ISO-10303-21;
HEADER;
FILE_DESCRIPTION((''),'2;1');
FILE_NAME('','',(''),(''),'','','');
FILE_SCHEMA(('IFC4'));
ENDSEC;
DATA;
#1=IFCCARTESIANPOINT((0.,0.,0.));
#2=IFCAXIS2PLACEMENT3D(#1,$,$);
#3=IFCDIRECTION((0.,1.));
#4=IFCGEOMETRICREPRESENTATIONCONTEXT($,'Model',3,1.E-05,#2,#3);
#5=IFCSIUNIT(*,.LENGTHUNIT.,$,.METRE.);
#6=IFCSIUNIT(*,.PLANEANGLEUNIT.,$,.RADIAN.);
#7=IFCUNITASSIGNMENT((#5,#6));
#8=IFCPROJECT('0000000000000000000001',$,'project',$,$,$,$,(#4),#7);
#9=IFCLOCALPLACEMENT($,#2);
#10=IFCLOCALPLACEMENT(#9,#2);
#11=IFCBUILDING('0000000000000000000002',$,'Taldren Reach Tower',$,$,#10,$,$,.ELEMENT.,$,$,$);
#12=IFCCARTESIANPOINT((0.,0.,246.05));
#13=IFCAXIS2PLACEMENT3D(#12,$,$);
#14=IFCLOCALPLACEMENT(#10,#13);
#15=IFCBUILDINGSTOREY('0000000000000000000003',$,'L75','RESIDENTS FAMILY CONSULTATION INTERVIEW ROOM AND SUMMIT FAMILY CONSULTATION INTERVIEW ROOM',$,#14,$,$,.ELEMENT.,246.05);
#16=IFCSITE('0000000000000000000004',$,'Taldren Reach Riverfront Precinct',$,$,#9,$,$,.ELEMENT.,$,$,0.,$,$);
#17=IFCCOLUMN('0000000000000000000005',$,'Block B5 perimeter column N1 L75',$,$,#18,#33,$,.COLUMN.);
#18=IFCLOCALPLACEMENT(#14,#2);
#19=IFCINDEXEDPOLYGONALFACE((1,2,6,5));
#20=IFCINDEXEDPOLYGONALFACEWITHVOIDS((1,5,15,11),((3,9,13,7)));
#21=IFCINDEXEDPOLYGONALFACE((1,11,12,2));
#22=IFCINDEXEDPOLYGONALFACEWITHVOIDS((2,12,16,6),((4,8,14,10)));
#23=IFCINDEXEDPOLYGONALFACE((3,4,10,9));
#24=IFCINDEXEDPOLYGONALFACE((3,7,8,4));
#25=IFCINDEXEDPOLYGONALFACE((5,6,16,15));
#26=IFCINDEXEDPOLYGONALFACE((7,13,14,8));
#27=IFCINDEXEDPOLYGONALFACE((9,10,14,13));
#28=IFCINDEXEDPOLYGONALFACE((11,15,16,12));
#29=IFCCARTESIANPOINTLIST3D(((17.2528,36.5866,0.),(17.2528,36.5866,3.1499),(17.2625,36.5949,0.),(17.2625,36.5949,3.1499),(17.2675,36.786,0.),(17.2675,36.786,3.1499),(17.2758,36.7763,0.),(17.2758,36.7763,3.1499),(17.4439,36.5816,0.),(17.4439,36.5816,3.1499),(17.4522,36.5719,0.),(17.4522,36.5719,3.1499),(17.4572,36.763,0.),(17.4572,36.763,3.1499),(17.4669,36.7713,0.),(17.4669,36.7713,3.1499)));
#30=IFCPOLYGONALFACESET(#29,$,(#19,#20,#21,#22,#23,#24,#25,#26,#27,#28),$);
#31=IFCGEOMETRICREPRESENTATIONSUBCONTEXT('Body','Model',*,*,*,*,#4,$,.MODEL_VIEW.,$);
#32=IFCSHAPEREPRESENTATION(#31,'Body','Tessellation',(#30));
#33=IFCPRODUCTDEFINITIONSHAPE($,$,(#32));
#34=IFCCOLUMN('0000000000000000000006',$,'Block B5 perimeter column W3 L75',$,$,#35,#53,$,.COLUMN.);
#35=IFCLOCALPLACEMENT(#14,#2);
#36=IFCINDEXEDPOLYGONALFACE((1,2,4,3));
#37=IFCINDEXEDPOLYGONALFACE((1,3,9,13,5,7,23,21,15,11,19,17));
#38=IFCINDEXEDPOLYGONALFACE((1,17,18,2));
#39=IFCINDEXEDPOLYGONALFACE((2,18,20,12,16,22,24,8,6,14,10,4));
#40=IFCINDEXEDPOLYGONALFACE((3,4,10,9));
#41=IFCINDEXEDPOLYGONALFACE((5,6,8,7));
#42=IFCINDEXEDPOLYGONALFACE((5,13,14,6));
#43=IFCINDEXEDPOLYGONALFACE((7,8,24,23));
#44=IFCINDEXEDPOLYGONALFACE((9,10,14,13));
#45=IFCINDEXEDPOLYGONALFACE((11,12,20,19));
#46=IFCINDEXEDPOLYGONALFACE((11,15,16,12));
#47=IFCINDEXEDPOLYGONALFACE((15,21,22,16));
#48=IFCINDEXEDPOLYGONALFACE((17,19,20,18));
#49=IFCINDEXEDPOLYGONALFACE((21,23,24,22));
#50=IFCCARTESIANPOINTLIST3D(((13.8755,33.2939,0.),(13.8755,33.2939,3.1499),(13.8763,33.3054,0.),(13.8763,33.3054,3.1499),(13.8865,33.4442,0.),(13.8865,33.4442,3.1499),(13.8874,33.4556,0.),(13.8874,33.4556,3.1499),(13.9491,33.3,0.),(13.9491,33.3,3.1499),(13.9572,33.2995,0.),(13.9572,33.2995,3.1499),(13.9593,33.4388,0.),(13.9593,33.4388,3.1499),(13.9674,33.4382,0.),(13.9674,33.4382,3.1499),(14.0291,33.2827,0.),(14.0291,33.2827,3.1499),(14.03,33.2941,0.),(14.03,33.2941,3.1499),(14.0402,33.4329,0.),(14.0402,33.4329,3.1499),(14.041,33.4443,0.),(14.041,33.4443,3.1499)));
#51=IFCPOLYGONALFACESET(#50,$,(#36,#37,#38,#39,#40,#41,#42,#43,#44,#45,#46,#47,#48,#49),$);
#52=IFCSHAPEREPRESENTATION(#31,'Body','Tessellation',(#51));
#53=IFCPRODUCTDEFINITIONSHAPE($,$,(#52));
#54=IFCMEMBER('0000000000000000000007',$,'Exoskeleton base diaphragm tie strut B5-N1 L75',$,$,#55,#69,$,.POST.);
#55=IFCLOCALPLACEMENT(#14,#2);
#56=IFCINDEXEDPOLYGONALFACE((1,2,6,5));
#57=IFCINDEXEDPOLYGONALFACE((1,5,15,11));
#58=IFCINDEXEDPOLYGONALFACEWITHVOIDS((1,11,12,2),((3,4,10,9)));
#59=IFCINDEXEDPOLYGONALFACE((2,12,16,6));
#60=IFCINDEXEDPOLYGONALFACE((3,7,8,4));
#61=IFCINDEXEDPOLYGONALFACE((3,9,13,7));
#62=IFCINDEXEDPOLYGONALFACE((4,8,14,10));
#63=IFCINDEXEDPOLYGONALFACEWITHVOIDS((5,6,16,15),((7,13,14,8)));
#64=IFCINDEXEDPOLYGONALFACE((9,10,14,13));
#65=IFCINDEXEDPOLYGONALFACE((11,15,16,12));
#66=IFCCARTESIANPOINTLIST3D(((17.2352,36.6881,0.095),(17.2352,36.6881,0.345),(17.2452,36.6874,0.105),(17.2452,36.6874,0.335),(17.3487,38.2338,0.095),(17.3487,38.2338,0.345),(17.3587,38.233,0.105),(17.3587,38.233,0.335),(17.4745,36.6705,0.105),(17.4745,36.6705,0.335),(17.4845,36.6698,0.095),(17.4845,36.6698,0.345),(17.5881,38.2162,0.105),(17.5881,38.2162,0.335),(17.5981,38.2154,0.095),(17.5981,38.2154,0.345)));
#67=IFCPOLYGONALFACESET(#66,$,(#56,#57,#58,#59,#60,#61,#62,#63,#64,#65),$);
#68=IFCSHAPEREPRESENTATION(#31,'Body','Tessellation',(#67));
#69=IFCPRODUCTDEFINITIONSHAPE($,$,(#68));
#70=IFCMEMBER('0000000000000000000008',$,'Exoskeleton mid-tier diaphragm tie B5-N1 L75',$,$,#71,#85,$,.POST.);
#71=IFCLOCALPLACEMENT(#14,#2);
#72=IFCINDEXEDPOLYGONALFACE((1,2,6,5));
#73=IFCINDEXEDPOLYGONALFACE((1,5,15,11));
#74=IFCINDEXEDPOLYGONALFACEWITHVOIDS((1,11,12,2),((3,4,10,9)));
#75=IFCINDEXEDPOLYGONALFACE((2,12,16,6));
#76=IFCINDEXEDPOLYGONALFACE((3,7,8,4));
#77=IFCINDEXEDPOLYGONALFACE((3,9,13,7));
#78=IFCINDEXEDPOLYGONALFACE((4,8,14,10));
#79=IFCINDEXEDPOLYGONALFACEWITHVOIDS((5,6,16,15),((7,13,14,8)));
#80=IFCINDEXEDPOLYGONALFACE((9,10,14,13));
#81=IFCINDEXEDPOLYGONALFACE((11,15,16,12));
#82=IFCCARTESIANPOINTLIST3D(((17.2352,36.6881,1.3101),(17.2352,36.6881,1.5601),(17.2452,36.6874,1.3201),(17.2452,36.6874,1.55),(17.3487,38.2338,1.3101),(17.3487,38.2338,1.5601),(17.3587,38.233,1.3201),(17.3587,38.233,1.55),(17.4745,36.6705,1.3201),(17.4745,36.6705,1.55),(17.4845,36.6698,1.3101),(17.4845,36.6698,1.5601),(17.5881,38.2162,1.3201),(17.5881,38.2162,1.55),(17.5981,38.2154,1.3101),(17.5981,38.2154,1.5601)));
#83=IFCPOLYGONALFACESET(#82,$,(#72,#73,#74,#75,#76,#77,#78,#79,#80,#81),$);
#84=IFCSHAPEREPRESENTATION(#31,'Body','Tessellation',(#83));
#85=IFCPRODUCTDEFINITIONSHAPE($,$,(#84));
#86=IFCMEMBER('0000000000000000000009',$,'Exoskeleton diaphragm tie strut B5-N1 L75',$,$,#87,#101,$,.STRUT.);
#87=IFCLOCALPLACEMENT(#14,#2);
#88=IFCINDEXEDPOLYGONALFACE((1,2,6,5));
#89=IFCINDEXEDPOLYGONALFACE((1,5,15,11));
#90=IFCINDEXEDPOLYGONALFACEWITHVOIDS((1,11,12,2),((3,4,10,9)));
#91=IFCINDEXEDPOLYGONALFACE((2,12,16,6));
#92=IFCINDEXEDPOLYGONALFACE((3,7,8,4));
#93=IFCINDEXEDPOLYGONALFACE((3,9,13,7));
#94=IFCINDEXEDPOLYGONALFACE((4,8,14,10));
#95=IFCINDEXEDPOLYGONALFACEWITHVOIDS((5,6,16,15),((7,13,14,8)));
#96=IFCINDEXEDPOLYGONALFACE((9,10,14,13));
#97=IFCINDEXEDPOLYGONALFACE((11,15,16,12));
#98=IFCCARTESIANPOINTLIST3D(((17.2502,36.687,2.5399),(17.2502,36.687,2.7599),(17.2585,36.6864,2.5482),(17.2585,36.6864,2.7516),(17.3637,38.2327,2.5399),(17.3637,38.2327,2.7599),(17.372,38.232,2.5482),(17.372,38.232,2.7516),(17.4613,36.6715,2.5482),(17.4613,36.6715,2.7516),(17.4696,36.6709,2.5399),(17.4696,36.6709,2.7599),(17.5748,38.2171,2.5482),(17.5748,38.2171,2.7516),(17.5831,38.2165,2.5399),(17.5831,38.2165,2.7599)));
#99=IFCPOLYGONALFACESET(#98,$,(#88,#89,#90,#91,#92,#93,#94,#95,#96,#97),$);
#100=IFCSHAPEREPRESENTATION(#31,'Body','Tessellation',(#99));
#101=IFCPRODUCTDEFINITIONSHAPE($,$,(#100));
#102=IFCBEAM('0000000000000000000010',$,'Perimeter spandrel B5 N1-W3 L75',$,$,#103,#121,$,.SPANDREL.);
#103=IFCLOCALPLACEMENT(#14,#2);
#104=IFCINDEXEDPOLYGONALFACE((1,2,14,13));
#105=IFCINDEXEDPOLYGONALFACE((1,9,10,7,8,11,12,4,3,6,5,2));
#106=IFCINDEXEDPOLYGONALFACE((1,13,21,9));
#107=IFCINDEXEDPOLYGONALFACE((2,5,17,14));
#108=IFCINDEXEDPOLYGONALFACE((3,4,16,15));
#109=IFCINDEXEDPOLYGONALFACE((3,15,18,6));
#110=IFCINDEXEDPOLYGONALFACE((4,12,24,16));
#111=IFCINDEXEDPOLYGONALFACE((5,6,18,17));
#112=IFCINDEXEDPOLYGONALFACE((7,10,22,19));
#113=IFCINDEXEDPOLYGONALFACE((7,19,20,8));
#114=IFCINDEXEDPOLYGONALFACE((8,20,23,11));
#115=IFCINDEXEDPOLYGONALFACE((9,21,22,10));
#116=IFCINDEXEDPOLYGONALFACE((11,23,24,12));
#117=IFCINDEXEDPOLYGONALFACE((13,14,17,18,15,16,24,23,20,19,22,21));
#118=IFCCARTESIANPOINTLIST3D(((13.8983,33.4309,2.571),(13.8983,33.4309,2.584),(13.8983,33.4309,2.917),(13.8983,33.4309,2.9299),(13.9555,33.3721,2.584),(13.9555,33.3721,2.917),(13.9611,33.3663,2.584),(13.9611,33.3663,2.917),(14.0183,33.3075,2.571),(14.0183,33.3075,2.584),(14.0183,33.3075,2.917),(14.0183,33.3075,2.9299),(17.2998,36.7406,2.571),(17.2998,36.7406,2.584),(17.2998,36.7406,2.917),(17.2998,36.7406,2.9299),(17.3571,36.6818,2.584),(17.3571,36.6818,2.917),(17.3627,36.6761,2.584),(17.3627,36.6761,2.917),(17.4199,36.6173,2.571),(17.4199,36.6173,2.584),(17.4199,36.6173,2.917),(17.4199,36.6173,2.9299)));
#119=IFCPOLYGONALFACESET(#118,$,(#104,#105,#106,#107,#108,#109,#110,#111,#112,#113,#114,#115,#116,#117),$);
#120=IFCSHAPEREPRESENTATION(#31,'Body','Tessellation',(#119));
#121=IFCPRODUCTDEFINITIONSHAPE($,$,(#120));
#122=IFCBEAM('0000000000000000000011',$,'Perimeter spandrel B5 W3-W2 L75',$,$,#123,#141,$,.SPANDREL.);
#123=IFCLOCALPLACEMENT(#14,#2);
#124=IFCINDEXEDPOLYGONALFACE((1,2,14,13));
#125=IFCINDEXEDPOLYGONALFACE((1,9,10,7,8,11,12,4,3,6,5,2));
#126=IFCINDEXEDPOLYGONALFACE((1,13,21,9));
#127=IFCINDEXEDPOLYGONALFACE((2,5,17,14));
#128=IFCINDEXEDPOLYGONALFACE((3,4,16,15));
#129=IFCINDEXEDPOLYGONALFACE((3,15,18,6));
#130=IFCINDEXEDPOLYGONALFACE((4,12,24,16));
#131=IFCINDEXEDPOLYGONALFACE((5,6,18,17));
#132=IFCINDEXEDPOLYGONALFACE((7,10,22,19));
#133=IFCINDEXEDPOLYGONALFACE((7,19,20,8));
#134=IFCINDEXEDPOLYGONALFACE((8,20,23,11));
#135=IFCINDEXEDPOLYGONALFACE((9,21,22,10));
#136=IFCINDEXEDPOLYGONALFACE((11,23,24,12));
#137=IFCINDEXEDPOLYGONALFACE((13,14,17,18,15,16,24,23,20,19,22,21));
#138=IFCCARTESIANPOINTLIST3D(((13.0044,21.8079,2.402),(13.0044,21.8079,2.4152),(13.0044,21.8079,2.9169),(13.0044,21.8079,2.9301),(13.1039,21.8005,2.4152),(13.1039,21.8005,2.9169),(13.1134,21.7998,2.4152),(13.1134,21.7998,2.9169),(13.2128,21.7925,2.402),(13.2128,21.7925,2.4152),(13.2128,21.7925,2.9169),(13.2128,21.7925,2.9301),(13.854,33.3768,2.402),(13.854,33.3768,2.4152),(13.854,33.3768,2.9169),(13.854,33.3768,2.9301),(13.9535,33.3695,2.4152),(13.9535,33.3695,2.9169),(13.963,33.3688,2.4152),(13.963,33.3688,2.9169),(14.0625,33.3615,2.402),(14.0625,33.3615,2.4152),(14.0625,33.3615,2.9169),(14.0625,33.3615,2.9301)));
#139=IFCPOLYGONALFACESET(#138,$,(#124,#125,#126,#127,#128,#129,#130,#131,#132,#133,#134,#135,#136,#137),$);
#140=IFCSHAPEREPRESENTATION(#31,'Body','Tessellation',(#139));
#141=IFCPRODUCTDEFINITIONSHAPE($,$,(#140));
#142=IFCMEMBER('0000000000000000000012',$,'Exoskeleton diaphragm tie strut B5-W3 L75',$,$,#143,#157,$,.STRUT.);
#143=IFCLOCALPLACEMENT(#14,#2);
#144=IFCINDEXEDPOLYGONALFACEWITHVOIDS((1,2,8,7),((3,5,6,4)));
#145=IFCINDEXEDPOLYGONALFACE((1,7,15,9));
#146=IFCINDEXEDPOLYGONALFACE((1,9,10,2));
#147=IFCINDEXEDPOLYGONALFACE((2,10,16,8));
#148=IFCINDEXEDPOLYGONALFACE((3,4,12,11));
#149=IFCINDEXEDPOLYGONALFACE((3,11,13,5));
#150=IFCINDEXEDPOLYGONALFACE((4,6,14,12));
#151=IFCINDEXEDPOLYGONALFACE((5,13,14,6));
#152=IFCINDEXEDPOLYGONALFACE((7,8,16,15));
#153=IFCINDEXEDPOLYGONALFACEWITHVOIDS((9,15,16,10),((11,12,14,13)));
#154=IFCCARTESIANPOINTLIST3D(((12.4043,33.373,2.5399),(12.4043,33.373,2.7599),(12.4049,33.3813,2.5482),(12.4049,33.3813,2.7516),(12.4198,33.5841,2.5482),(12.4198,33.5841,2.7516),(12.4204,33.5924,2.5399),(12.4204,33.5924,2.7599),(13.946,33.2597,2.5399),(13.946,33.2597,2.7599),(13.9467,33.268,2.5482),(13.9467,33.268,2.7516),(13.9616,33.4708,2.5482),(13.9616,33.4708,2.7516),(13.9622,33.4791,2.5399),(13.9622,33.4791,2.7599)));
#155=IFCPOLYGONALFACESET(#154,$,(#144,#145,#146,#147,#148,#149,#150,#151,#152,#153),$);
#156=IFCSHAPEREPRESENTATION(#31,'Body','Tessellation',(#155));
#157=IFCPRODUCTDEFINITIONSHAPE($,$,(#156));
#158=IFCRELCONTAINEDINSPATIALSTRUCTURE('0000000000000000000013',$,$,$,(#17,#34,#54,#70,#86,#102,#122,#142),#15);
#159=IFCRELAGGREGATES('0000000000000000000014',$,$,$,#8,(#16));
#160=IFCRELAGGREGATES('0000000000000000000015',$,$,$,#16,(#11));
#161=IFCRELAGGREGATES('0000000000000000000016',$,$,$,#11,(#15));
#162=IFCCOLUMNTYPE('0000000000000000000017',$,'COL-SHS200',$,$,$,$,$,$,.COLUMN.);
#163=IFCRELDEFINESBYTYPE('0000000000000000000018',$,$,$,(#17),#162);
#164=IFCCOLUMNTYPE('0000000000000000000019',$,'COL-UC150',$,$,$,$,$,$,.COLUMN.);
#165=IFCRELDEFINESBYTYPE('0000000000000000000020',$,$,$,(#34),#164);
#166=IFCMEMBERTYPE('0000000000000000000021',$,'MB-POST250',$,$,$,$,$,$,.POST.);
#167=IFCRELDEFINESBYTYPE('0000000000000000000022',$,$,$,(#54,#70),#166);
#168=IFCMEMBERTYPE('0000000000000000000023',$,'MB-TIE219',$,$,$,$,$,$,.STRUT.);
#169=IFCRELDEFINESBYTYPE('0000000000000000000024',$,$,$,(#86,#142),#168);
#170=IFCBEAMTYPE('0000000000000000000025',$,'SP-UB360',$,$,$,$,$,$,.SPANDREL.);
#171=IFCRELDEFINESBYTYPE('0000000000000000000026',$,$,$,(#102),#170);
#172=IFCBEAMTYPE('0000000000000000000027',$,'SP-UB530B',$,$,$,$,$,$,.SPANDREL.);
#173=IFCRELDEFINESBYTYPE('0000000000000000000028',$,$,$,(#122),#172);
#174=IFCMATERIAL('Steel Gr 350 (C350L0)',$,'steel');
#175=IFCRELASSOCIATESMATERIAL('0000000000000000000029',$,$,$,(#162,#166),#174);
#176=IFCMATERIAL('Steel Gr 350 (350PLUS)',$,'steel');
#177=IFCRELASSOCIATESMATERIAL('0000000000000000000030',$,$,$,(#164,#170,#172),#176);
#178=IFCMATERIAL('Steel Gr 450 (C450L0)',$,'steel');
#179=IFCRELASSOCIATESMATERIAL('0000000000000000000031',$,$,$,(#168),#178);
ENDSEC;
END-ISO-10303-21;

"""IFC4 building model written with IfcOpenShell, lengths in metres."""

from ifc_helpers import new_model, si_unit, direction, frame, origin, origin_2d, place, context, subcontext, project, spatial, hollow_rectangle, i_section, extrude, source, transform, mapped, material, material_profile, profile_set, type_object, element, save


model = new_model("IFC4")

# Units and contexts
model_context = context("Model", 3, precision=1e-05, world=origin(), true_north=direction((0.0, 1.0)))
body_context = subcontext(model_context, "Body", "Model", "MODEL_VIEW")
ifc_project = project(units=[si_unit("LENGTHUNIT", "METRE"), si_unit("PLANEANGLEUNIT", "RADIAN")], contexts=[model_context])

# Site, building, storey
site_placement = place(None, origin())
site = spatial("IfcSite", under=ifc_project, at=site_placement, Name="Taldren Reach Riverfront Precinct", CompositionType="ELEMENT", RefElevation=0.0)
building_placement = place(site_placement, origin())
building = spatial("IfcBuilding", under=site, at=building_placement, Name="Taldren Reach Tower", CompositionType="ELEMENT")
storey_placement = place(building_placement, frame((0.0, 0.0, 246.05)))
storey = spatial("IfcBuildingStorey", under=building, at=storey_placement, Name="L75", Description="RESIDENTS FAMILY CONSULTATION INTERVIEW ROOM AND SUMMIT FAMILY CONSULTATION INTERVIEW ROOM", CompositionType="ELEMENT", Elevation=246.05)

# Columns
ifc_material_1 = material(Name="Steel Gr 350 (C350L0)", Category="steel")
ifc_material_profile_1 = material_profile(ifc_material_1, hollow_rectangle(XDim=0.2, YDim=0.2, WallThickness=0.009, at=origin_2d()), Name="200x200x9.0SHS")
ifc_profile_set_1 = profile_set([ifc_material_profile_1], Name="Steel Gr 350 (C350L0)")
column_type_1 = type_object("IfcColumnType", Name="COL-SHS200", PredefinedType="COLUMN", material=ifc_profile_set_1)
shared_shape_1 = source(origin(), body_context, "Body", "SweptSolid", [
    extrude(hollow_rectangle(XDim=0.2, YDim=0.2, WallThickness=0.009, at=origin_2d()), origin(), (0.0, 0.0, 1.0), 3.1499),
])
column_1_placement = place(storey_placement, frame((17.3599, 36.679, 0.0), z_axis=(0.0, 0.0, 1.0), x_axis=(0.997314, -0.073238, 0.0)))
element("IfcColumn", 1, at=column_1_placement, inside=storey, type_object=column_type_1, Name="Block B5 perimeter column N1 L75", PredefinedType="COLUMN", context=body_context, shape_type="MappedRepresentation", body=[
    mapped(shared_shape_1, transform((0.0, 0.0, 0.0), scale=1.0)),
])
ifc_material_2 = material(Name="Steel Gr 350 (350PLUS)", Category="steel")
ifc_material_profile_2 = material_profile(ifc_material_2, i_section(OverallWidth=0.1541, OverallDepth=0.1621, WebThickness=0.0081, FlangeThickness=0.0115, at=origin_2d()), Name="150UC37.2")
ifc_profile_set_2 = profile_set([ifc_material_profile_2], Name="Steel Gr 350 (350PLUS)")
column_type_2 = type_object("IfcColumnType", Name="COL-UC150", PredefinedType="COLUMN", material=ifc_profile_set_2)
shared_shape_2 = source(origin(), body_context, "Body", "SweptSolid", [
    extrude(i_section(OverallWidth=0.1541, OverallDepth=0.1621, WebThickness=0.0081, FlangeThickness=0.0115, at=origin_2d()), origin(), (0.0, 0.0, 1.0), 3.1499),
])
column_2_placement = place(storey_placement, frame((13.9583, 33.3691, 0.0), z_axis=(0.0, 0.0, 1.0), x_axis=(0.997314, -0.073238, 0.0)))
element("IfcColumn", 2, at=column_2_placement, inside=storey, type_object=column_type_2, Name="Block B5 perimeter column W3 L75", PredefinedType="COLUMN", context=body_context, shape_type="MappedRepresentation", body=[
    mapped(shared_shape_2, transform((0.0, 0.0, 0.0), scale=1.0)),
])

# Members
ifc_material_profile_3 = material_profile(ifc_material_1, hollow_rectangle(XDim=0.25, YDim=0.25, WallThickness=0.01, at=origin_2d()), Name="250x250x10.0SHS")
ifc_profile_set_3 = profile_set([ifc_material_profile_3], Name="Steel Gr 350 (C350L0)")
member_type_1 = type_object("IfcMemberType", Name="MB-POST250", PredefinedType="POST", material=ifc_profile_set_3)
shared_shape_3 = source(origin(), body_context, "Body", "SweptSolid", [
    extrude(hollow_rectangle(XDim=0.25, YDim=0.25, WallThickness=0.01, at=origin_2d()), origin(), (0.0, 0.0, 1.0), 1.5498),
])
for number, where, z_axis, x_axis, name in (
    (3, (17.3599, 36.679, 0.22), (0.073251, 0.997314, 0.0), (-0.997314, 0.073251, 0.0), "Exoskeleton base diaphragm tie strut B5-N1 L75"),
    (4, (17.3599, 36.679, 1.4351), (0.073251, 0.997314, 0.0), (-0.997314, 0.073251, 0.0), "Exoskeleton mid-tier diaphragm tie B5-N1 L75"),
):
    element("IfcMember", number, at=place(storey_placement, frame(where, z_axis=z_axis, x_axis=x_axis)), inside=storey, type_object=member_type_1, Name=name, PredefinedType="POST", context=body_context, shape_type="MappedRepresentation", body=[
        mapped(shared_shape_3, transform((0.0, 0.0, 0.0), scale=1.0)),
    ])
ifc_material_3 = material(Name="Steel Gr 450 (C450L0)", Category="steel")
ifc_material_profile_4 = material_profile(ifc_material_3, hollow_rectangle(XDim=0.22, YDim=0.22, WallThickness=0.0083, at=origin_2d()), Name="220x220x8.2SHS")
ifc_profile_set_4 = profile_set([ifc_material_profile_4], Name="Steel Gr 450 (C450L0)")
member_type_2 = type_object("IfcMemberType", Name="MB-TIE219", PredefinedType="STRUT", material=ifc_profile_set_4)
shared_shape_4 = source(origin(), body_context, "Body", "SweptSolid", [
    extrude(hollow_rectangle(XDim=0.22, YDim=0.22, WallThickness=0.0083, at=origin_2d()), origin(), (0.0, 0.0, 1.0), 1.5498),
])
member_1_placement = place(storey_placement, frame((17.3599, 36.679, 2.6499), z_axis=(0.073251, 0.997314, 0.0), x_axis=(-0.997314, 0.073251, 0.0)))
element("IfcMember", 5, at=member_1_placement, inside=storey, type_object=member_type_2, Name="Exoskeleton diaphragm tie strut B5-N1 L75", PredefinedType="STRUT", context=body_context, shape_type="MappedRepresentation", body=[
    mapped(shared_shape_4, transform((0.0, 0.0, 0.0), scale=1.0)),
])

# Beams
ifc_material_profile_5 = material_profile(ifc_material_2, i_section(OverallWidth=0.1721, OverallDepth=0.3589, WebThickness=0.0081, FlangeThickness=0.0129, at=origin_2d()), Name="360UB56.7")
ifc_profile_set_5 = profile_set([ifc_material_profile_5], Name="Steel Gr 350 (350PLUS)")
beam_type_1 = type_object("IfcBeamType", Name="SP-UB360", PredefinedType="SPANDREL", material=ifc_profile_set_5)
shared_shape_5 = source(origin(), body_context, "Body", "SweptSolid", [
    extrude(i_section(OverallWidth=0.1721, OverallDepth=0.3589, WebThickness=0.0081, FlangeThickness=0.0129, at=origin_2d()), origin(), (0.0, 0.0, 1.0), 4.7461),
])
beam_1_placement = place(storey_placement, frame((17.3599, 36.679, 2.7505), z_axis=(-0.716711, -0.69737, 0.0), x_axis=(0.69737, -0.716711, 0.0)))
element("IfcBeam", 6, at=beam_1_placement, inside=storey, type_object=beam_type_1, Name="Perimeter spandrel B5 N1-W3 L75", PredefinedType="SPANDREL", context=body_context, shape_type="MappedRepresentation", body=[
    mapped(shared_shape_5, transform((0.0, 0.0, 0.0), scale=1.0)),
])
ifc_material_profile_6 = material_profile(ifc_material_2, i_section(OverallWidth=0.209, OverallDepth=0.5281, WebThickness=0.0095, FlangeThickness=0.0132, at=origin_2d()), Name="530UB82.0")
ifc_profile_set_6 = profile_set([ifc_material_profile_6], Name="Steel Gr 350 (350PLUS)")
beam_type_2 = type_object("IfcBeamType", Name="SP-UB530B", PredefinedType="SPANDREL", material=ifc_profile_set_6)
shared_shape_6 = source(origin(), body_context, "Body", "SweptSolid", [
    extrude(i_section(OverallWidth=0.209, OverallDepth=0.5281, WebThickness=0.0095, FlangeThickness=0.0132, at=origin_2d()), origin(), (0.0, 0.0, 1.0), 11.6001),
])
beam_2_placement = place(storey_placement, frame((13.9583, 33.3691, 2.666), z_axis=(-0.073242, -0.997314, 0.0), x_axis=(0.997314, -0.073242, 0.0)))
element("IfcBeam", 7, at=beam_2_placement, inside=storey, type_object=beam_type_2, Name="Perimeter spandrel B5 W3-W2 L75", PredefinedType="SPANDREL", context=body_context, shape_type="MappedRepresentation", body=[
    mapped(shared_shape_6, transform((0.0, 0.0, 0.0), scale=1.0)),
])

# Member
shared_shape_7 = source(origin(), body_context, "Body", "SweptSolid", [
    extrude(hollow_rectangle(XDim=0.22, YDim=0.22, WallThickness=0.0083, at=origin_2d()), origin(), (0.0, 0.0, 1.0), 1.5459),
])
member_2_placement = place(storey_placement, frame((13.9541, 33.3694, 2.6499), z_axis=(-0.997312, 0.073278, 0.0), x_axis=(-0.073278, -0.997312, 0.0)))
element("IfcMember", 8, at=member_2_placement, inside=storey, type_object=member_type_2, Name="Exoskeleton diaphragm tie strut B5-W3 L75", PredefinedType="STRUT", context=body_context, shape_type="MappedRepresentation", body=[
    mapped(shared_shape_7, transform((0.0, 0.0, 0.0), scale=1.0)),
])

save(model, "model.ifc")
